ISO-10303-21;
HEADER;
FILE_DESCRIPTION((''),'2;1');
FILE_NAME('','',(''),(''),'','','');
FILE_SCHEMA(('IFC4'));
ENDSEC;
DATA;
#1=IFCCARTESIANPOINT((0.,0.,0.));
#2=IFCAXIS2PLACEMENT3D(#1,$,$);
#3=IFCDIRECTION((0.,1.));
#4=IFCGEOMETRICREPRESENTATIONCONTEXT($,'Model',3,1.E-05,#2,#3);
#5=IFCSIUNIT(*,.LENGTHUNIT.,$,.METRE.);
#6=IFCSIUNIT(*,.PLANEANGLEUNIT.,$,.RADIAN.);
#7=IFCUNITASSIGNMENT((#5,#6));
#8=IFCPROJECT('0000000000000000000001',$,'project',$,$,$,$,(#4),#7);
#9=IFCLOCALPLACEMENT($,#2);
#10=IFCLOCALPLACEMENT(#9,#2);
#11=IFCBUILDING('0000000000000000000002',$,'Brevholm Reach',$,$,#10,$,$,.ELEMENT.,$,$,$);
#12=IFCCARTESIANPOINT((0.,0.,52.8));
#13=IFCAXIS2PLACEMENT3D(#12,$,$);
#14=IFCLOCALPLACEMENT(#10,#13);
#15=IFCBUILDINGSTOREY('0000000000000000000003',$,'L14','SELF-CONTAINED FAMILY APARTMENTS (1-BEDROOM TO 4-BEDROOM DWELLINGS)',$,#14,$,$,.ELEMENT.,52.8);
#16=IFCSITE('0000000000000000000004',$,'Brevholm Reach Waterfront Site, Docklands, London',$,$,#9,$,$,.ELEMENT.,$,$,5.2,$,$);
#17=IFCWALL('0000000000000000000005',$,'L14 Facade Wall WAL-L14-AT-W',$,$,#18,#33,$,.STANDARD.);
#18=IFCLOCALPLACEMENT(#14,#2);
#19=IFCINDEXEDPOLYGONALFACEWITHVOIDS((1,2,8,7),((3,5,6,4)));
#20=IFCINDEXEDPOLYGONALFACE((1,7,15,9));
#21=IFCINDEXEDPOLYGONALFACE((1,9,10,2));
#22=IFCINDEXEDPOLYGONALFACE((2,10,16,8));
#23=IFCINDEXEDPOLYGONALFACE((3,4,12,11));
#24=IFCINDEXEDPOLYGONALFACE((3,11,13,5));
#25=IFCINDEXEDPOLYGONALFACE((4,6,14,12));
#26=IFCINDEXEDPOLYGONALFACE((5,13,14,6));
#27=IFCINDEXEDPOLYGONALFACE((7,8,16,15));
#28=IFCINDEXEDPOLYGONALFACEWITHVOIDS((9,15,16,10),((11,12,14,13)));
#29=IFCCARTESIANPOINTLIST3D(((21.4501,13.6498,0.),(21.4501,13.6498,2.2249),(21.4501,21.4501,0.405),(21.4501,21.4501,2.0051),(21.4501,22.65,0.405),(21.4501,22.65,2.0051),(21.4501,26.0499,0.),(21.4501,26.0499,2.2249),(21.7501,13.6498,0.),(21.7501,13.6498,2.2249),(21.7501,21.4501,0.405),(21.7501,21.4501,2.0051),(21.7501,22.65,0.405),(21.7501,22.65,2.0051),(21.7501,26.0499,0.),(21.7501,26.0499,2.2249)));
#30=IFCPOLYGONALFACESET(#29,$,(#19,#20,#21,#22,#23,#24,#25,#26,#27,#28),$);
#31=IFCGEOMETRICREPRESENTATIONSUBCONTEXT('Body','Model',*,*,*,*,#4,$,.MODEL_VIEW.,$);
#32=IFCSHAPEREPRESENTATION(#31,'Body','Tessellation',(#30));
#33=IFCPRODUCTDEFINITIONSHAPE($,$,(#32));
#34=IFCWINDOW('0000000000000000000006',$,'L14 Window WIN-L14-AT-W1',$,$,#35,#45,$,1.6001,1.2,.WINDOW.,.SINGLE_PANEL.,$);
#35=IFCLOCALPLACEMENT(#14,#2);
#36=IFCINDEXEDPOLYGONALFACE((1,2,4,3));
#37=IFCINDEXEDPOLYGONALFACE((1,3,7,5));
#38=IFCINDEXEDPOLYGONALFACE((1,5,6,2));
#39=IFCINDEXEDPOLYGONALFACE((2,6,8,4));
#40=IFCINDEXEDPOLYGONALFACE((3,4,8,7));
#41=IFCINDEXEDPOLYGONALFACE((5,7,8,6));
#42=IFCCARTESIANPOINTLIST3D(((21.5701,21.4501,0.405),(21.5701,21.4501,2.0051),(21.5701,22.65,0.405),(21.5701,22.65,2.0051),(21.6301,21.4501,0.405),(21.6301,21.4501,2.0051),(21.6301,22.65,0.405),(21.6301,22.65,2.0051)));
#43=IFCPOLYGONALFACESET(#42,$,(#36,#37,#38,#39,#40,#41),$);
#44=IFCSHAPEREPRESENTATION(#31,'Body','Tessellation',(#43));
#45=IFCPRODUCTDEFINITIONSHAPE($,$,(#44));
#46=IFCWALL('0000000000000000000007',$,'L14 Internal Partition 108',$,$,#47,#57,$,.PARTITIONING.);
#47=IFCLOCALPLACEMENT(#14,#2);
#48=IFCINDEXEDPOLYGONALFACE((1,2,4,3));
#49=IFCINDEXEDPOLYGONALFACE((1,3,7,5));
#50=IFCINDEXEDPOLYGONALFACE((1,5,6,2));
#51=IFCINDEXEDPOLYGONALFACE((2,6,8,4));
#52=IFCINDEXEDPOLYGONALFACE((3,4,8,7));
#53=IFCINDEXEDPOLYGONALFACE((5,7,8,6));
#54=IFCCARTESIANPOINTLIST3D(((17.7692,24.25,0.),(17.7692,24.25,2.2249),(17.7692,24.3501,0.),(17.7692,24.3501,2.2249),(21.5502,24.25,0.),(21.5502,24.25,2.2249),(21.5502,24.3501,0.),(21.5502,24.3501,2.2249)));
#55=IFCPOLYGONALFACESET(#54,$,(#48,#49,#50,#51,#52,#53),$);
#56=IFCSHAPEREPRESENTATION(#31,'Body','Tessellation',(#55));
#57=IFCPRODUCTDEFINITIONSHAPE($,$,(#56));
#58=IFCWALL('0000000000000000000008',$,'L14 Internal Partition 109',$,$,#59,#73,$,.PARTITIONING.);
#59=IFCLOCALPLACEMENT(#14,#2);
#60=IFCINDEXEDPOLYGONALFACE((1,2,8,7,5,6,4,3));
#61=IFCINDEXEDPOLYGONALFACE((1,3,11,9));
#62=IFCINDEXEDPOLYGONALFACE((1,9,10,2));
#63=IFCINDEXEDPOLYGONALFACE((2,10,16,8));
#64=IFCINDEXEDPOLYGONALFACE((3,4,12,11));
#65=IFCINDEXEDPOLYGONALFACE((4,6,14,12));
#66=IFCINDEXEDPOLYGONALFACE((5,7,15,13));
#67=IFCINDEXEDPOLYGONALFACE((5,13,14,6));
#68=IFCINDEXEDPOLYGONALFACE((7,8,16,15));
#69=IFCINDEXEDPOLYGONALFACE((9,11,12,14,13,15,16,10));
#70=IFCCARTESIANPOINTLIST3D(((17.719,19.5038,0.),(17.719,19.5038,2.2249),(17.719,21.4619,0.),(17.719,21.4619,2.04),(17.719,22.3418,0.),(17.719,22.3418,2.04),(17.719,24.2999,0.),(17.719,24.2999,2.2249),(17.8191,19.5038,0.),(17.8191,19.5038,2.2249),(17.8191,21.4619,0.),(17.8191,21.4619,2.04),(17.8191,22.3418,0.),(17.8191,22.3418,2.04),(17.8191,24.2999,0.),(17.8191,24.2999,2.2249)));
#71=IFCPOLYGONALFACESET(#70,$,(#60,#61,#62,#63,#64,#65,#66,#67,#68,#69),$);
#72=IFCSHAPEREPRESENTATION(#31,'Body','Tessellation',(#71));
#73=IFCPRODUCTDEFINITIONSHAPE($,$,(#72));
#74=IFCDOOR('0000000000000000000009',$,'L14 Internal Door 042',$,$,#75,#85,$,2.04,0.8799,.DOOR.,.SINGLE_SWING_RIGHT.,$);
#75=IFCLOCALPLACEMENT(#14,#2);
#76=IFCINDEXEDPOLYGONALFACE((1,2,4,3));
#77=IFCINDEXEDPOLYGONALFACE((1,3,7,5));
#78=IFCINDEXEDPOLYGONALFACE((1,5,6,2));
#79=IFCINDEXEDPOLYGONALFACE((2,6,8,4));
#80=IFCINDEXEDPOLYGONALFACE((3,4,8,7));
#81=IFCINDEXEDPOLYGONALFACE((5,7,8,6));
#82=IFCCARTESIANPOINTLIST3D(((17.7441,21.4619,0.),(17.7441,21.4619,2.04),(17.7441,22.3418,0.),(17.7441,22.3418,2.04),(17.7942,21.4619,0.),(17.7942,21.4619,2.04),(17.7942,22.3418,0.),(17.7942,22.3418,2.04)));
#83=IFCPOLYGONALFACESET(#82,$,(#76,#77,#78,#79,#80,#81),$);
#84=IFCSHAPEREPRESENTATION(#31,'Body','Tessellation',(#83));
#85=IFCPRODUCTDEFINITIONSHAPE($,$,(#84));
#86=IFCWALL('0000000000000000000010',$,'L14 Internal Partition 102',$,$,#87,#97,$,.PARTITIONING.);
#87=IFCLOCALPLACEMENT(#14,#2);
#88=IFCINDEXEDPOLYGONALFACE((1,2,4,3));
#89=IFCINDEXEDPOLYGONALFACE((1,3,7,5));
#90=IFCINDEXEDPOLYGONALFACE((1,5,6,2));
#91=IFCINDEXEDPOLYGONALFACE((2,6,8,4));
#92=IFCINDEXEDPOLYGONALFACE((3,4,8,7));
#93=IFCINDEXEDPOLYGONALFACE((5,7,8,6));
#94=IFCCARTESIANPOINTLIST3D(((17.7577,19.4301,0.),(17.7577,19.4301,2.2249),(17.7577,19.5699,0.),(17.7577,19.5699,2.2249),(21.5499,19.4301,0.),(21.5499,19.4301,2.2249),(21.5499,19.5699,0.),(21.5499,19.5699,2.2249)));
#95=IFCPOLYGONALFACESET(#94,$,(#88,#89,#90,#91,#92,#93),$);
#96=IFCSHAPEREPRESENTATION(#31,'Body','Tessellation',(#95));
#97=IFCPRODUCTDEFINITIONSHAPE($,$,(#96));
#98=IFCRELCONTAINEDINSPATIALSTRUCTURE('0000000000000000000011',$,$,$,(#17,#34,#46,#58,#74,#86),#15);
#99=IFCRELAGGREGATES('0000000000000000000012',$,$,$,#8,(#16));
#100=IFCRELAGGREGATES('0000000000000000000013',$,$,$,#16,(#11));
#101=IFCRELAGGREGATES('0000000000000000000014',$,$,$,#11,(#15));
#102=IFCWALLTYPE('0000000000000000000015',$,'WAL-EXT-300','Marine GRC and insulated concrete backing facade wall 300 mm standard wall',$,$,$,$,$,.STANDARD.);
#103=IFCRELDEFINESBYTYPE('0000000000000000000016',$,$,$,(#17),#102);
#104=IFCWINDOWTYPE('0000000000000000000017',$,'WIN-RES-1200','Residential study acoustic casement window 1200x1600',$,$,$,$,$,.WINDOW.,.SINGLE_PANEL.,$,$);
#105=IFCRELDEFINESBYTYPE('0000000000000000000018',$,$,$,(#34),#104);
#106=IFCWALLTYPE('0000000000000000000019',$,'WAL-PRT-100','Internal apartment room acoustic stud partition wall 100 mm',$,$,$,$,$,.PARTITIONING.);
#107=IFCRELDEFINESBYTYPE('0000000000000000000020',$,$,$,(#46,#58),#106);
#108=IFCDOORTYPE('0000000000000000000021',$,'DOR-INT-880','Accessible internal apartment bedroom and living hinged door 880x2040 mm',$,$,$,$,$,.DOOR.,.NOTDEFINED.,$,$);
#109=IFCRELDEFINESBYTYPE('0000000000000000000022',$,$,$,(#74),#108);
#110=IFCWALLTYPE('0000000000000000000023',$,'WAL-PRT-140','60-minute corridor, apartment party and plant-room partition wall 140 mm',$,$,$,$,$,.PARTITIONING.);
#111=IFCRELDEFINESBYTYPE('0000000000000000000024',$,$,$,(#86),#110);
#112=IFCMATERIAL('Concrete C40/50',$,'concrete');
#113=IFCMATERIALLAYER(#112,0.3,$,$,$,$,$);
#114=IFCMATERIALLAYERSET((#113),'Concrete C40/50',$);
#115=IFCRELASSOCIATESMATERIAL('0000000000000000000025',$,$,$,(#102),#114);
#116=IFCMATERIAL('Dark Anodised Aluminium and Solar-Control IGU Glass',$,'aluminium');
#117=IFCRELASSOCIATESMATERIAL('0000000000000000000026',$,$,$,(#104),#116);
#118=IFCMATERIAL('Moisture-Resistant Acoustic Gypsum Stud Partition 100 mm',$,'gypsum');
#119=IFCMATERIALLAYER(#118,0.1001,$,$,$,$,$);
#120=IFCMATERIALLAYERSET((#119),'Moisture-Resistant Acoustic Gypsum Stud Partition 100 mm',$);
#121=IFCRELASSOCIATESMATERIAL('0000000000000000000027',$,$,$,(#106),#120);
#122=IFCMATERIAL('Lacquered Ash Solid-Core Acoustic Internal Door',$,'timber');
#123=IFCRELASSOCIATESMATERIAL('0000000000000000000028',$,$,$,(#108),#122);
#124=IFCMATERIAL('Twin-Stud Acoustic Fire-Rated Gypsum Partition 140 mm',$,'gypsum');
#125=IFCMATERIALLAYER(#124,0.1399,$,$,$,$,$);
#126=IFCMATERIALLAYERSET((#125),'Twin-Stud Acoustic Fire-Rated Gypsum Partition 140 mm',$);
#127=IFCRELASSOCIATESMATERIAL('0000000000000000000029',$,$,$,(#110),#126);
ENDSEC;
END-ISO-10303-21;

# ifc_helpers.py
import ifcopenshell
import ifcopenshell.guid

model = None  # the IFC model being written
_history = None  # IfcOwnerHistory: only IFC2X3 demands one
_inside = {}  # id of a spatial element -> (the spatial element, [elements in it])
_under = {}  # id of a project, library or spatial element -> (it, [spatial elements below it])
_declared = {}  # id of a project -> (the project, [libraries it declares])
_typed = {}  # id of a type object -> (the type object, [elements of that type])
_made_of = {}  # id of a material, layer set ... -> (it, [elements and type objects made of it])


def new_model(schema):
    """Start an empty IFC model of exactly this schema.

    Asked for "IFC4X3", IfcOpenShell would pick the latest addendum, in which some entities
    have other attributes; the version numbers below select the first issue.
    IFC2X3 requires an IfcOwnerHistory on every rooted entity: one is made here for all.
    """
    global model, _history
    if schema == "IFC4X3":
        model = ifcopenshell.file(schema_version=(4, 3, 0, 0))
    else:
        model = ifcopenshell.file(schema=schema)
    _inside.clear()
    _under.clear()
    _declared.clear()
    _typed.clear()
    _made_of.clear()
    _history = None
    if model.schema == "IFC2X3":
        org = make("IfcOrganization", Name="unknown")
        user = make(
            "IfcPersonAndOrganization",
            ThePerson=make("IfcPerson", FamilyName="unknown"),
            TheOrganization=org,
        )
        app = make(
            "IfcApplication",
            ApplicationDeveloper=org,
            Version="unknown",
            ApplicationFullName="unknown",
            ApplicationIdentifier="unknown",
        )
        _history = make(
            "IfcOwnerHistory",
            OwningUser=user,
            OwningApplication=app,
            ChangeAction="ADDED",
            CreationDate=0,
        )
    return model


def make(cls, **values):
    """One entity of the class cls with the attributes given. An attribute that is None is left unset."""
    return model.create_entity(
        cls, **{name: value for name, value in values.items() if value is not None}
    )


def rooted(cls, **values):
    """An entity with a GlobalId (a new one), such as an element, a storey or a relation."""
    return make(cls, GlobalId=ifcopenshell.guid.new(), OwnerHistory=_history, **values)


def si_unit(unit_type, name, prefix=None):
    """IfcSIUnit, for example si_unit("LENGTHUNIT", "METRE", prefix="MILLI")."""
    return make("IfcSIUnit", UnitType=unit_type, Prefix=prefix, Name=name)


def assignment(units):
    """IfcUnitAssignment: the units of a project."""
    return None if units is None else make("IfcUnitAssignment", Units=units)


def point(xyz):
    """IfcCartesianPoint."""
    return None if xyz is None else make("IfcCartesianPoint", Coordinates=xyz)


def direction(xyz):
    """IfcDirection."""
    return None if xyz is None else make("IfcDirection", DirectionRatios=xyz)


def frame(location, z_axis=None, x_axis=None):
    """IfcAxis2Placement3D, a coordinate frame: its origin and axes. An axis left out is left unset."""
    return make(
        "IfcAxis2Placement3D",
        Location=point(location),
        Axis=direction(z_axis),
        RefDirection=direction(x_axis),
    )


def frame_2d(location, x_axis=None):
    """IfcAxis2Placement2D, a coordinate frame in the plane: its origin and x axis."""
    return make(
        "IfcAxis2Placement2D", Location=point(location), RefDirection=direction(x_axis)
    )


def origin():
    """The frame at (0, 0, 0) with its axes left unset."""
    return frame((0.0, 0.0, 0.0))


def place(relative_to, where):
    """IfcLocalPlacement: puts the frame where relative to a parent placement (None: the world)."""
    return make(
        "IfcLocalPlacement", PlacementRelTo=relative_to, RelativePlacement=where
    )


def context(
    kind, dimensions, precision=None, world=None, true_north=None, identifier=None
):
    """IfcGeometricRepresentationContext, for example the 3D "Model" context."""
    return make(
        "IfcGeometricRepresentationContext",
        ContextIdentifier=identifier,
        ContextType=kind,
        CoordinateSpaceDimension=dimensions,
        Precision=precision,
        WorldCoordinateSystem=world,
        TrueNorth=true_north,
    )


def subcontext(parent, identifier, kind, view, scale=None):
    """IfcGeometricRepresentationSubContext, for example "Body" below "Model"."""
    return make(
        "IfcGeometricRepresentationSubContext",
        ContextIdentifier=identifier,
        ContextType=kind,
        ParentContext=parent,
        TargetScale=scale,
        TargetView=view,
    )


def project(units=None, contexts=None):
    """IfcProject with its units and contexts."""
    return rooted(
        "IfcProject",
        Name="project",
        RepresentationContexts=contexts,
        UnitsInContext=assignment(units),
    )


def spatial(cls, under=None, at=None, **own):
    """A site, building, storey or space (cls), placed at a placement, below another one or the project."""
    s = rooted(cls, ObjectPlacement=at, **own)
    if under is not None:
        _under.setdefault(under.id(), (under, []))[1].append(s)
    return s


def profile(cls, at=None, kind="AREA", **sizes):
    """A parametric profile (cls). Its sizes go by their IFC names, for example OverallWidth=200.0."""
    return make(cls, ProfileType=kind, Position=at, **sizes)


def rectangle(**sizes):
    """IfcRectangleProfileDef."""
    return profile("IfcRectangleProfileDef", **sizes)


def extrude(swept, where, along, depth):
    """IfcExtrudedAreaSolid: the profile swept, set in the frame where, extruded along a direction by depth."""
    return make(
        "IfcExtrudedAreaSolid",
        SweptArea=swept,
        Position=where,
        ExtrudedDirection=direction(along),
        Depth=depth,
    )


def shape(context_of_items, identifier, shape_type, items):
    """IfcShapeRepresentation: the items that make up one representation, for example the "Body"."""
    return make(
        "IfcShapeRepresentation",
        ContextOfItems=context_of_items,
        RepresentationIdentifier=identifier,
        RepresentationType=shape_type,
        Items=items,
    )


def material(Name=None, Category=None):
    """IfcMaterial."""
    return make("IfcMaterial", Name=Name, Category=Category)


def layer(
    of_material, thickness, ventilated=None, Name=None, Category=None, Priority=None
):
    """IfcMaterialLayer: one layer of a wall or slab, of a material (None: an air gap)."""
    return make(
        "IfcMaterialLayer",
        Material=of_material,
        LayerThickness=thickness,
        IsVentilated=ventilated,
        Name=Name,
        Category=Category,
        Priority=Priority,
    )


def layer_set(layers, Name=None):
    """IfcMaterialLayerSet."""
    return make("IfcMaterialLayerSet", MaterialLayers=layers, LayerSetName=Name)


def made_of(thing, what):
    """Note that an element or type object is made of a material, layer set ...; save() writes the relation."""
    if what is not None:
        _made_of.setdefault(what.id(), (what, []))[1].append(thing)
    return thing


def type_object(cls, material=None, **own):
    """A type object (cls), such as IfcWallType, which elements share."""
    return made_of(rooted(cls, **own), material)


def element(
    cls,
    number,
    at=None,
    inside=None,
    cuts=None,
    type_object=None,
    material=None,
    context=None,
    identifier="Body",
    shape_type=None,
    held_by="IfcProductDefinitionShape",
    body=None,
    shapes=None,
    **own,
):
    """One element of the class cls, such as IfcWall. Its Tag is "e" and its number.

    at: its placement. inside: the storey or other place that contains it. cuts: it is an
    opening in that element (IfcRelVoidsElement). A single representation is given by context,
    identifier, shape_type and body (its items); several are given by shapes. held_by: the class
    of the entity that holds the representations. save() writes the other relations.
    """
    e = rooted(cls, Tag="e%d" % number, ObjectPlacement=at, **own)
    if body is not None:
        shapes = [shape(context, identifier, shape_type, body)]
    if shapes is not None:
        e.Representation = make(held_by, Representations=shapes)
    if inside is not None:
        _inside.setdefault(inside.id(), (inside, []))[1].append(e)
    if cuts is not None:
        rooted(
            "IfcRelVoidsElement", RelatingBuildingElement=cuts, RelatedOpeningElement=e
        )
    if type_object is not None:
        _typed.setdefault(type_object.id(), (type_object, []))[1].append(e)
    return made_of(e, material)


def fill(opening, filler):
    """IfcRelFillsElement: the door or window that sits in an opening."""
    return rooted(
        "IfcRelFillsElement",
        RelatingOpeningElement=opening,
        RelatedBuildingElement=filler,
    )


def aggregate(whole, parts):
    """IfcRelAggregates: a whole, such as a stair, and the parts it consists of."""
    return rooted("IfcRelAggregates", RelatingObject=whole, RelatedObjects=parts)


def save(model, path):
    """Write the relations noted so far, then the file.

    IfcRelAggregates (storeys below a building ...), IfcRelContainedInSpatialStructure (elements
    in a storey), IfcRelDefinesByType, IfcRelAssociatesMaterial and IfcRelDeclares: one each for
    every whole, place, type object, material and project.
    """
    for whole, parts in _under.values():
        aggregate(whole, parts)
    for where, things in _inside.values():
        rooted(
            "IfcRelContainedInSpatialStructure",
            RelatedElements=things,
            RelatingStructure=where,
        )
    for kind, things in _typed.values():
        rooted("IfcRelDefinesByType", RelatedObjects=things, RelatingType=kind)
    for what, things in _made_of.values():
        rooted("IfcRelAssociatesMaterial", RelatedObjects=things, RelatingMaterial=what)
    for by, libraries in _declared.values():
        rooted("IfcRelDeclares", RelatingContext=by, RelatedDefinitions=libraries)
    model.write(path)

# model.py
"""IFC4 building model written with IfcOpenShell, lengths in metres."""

from ifc_helpers import new_model, si_unit, direction, frame, frame_2d, origin, place, context, subcontext, project, spatial, rectangle, extrude, material, layer, layer_set, type_object, element, fill, save


model = new_model("IFC4")

# Units and contexts
model_context = context("Model", 3, precision=1e-05, world=origin(), true_north=direction((0.0, 1.0)))
body_context = subcontext(model_context, "Body", "Model", "MODEL_VIEW")
ifc_project = project(units=[si_unit("LENGTHUNIT", "METRE"), si_unit("PLANEANGLEUNIT", "RADIAN")], contexts=[model_context])

# Site, building, storey
site_placement = place(None, origin())
site = spatial("IfcSite", under=ifc_project, at=site_placement, Name="Brevholm Reach Waterfront Site, Docklands, London", CompositionType="ELEMENT", RefElevation=5.2)
building_placement = place(site_placement, origin())
building = spatial("IfcBuilding", under=site, at=building_placement, Name="Brevholm Reach", CompositionType="ELEMENT")
storey_placement = place(building_placement, frame((0.0, 0.0, 52.8)))
storey = spatial("IfcBuildingStorey", under=building, at=storey_placement, Name="L14", Description="SELF-CONTAINED FAMILY APARTMENTS (1-BEDROOM TO 4-BEDROOM DWELLINGS)", CompositionType="ELEMENT", Elevation=52.8)

# Wall, opening, window
ifc_material_1 = material(Name="Concrete C40/50", Category="concrete")
ifc_layer_1 = layer(ifc_material_1, 0.3)
ifc_layer_set_1 = layer_set([ifc_layer_1], Name="Concrete C40/50")
wall_type_1 = type_object("IfcWallType", Name="WAL-EXT-300", Description="Marine GRC and insulated concrete backing facade wall 300 mm standard wall", PredefinedType="STANDARD", material=ifc_layer_set_1)
wall_1_placement = place(storey_placement, frame((21.6001, 26.05, 0.0), z_axis=(0.0, 0.0, 1.0), x_axis=(0.0, -1.0, 0.0)))
wall_1 = element("IfcWall", 1, at=wall_1_placement, inside=storey, type_object=wall_type_1, Name="L14 Facade Wall WAL-L14-AT-W", PredefinedType="STANDARD", context=body_context, shape_type="SweptSolid", body=[
    extrude(rectangle(XDim=12.4001, YDim=0.3, at=frame_2d((6.2002, 0.0))), origin(), (0.0, 0.0, 1.0), 2.2249),
])
opening_1_placement = place(wall_1_placement, frame((3.3999, 0.0, 0.405)))
opening_1 = element("IfcOpeningElement", 2, at=opening_1_placement, cuts=wall_1, PredefinedType="OPENING", context=body_context, shape_type="SweptSolid", body=[
    extrude(rectangle(XDim=1.2, YDim=1.6001, at=frame_2d((0.6001, 0.8))), frame((0.0, 0.1599, 0.0), z_axis=(0.0, -1.0, 0.0), x_axis=(1.0, 0.0, 0.0)), (0.0, 0.0, 1.0), 0.3201),
])
ifc_material_2 = material(Name="Dark Anodised Aluminium and Solar-Control IGU Glass", Category="aluminium")
window_type = type_object("IfcWindowType", Name="WIN-RES-1200", Description="Residential study acoustic casement window 1200x1600", PartitioningType="SINGLE_PANEL", PredefinedType="WINDOW", material=ifc_material_2)
window_placement = place(opening_1_placement, origin())
window = element("IfcWindow", 3, at=window_placement, inside=storey, type_object=window_type, Name="L14 Window WIN-L14-AT-W1", OverallHeight=1.6001, OverallWidth=1.2, PartitioningType="SINGLE_PANEL", PredefinedType="WINDOW", context=body_context, shape_type="SweptSolid", body=[
    extrude(rectangle(XDim=1.2, YDim=1.6001, at=frame_2d((0.6001, 0.8))), frame((0.0, 0.03, 0.0), z_axis=(0.0, -1.0, 0.0), x_axis=(1.0, 0.0, 0.0)), (0.0, 0.0, 1.0), 0.0601),
])
fill(opening_1, window)

# Wall
ifc_material_3 = material(Name="Moisture-Resistant Acoustic Gypsum Stud Partition 100 mm", Category="gypsum")
ifc_layer_2 = layer(ifc_material_3, 0.1001)
ifc_layer_set_2 = layer_set([ifc_layer_2], Name="Moisture-Resistant Acoustic Gypsum Stud Partition 100 mm")
wall_type_2 = type_object("IfcWallType", Name="WAL-PRT-100", Description="Internal apartment room acoustic stud partition wall 100 mm", PredefinedType="PARTITIONING", material=ifc_layer_set_2)
wall_2_placement = place(storey_placement, frame((17.769, 24.3, 0.0), z_axis=(0.0, 0.0, 1.0), x_axis=(1.0, 0.0, 0.0)))
element("IfcWall", 4, at=wall_2_placement, inside=storey, type_object=wall_type_2, Name="L14 Internal Partition 108", PredefinedType="PARTITIONING", context=body_context, shape_type="SweptSolid", body=[
    extrude(rectangle(XDim=3.781, YDim=0.1001, at=frame_2d((1.8906, 0.0))), origin(), (0.0, 0.0, 1.0), 2.2249),
])

# Wall, opening, door
wall_3_placement = place(storey_placement, frame((17.769, 19.5039, 0.0), z_axis=(0.0, 0.0, 1.0), x_axis=(0.0, 1.0, 0.0)))
wall_3 = element("IfcWall", 5, at=wall_3_placement, inside=storey, type_object=wall_type_2, Name="L14 Internal Partition 109", PredefinedType="PARTITIONING", context=body_context, shape_type="SweptSolid", body=[
    extrude(rectangle(XDim=4.7961, YDim=0.1001, at=frame_2d((2.3979, 0.0))), origin(), (0.0, 0.0, 1.0), 2.2249),
])
opening_2_placement = place(wall_3_placement, frame((1.958, 0.0, 0.0)))
opening_2 = element("IfcOpeningElement", 6, at=opening_2_placement, cuts=wall_3, PredefinedType="OPENING", context=body_context, shape_type="SweptSolid", body=[
    extrude(rectangle(XDim=0.8799, YDim=2.04, at=frame_2d((0.4399, 1.02))), frame((0.0, 0.0601, 0.0), z_axis=(0.0, -1.0, 0.0), x_axis=(1.0, 0.0, 0.0)), (0.0, 0.0, 1.0), 0.1201),
])
ifc_material_4 = material(Name="Lacquered Ash Solid-Core Acoustic Internal Door", Category="timber")
door_type = type_object("IfcDoorType", Name="DOR-INT-880", Description="Accessible internal apartment bedroom and living hinged door 880x2040 mm", OperationType="NOTDEFINED", PredefinedType="DOOR", material=ifc_material_4)
door_placement = place(opening_2_placement, origin())
door = element("IfcDoor", 7, at=door_placement, inside=storey, type_object=door_type, Name="L14 Internal Door 042", OperationType="SINGLE_SWING_RIGHT", OverallHeight=2.04, OverallWidth=0.8799, PredefinedType="DOOR", context=body_context, shape_type="SweptSolid", body=[
    extrude(rectangle(XDim=0.8799, YDim=2.04, at=frame_2d((0.4399, 1.02))), frame((0.0, 0.0249, 0.0), z_axis=(0.0, -1.0, 0.0), x_axis=(1.0, 0.0, 0.0)), (0.0, 0.0, 1.0), 0.05),
])
fill(opening_2, door)

# Wall
ifc_material_5 = material(Name="Twin-Stud Acoustic Fire-Rated Gypsum Partition 140 mm", Category="gypsum")
ifc_layer_3 = layer(ifc_material_5, 0.1399)
ifc_layer_set_3 = layer_set([ifc_layer_3], Name="Twin-Stud Acoustic Fire-Rated Gypsum Partition 140 mm")
wall_type_3 = type_object("IfcWallType", Name="WAL-PRT-140", Description="60-minute corridor, apartment party and plant-room partition wall 140 mm", PredefinedType="PARTITIONING", material=ifc_layer_set_3)
wall_4_placement = place(storey_placement, frame((17.7578, 19.5, 0.0), z_axis=(0.0, 0.0, 1.0), x_axis=(1.0, 0.0, 0.0)))
element("IfcWall", 8, at=wall_4_placement, inside=storey, type_object=wall_type_3, Name="L14 Internal Partition 102", PredefinedType="PARTITIONING", context=body_context, shape_type="SweptSolid", body=[
    extrude(rectangle(XDim=3.7922, YDim=0.1399, at=frame_2d((1.896, 0.0))), origin(), (0.0, 0.0, 1.0), 2.2249),
])

save(model, "model.ifc")
